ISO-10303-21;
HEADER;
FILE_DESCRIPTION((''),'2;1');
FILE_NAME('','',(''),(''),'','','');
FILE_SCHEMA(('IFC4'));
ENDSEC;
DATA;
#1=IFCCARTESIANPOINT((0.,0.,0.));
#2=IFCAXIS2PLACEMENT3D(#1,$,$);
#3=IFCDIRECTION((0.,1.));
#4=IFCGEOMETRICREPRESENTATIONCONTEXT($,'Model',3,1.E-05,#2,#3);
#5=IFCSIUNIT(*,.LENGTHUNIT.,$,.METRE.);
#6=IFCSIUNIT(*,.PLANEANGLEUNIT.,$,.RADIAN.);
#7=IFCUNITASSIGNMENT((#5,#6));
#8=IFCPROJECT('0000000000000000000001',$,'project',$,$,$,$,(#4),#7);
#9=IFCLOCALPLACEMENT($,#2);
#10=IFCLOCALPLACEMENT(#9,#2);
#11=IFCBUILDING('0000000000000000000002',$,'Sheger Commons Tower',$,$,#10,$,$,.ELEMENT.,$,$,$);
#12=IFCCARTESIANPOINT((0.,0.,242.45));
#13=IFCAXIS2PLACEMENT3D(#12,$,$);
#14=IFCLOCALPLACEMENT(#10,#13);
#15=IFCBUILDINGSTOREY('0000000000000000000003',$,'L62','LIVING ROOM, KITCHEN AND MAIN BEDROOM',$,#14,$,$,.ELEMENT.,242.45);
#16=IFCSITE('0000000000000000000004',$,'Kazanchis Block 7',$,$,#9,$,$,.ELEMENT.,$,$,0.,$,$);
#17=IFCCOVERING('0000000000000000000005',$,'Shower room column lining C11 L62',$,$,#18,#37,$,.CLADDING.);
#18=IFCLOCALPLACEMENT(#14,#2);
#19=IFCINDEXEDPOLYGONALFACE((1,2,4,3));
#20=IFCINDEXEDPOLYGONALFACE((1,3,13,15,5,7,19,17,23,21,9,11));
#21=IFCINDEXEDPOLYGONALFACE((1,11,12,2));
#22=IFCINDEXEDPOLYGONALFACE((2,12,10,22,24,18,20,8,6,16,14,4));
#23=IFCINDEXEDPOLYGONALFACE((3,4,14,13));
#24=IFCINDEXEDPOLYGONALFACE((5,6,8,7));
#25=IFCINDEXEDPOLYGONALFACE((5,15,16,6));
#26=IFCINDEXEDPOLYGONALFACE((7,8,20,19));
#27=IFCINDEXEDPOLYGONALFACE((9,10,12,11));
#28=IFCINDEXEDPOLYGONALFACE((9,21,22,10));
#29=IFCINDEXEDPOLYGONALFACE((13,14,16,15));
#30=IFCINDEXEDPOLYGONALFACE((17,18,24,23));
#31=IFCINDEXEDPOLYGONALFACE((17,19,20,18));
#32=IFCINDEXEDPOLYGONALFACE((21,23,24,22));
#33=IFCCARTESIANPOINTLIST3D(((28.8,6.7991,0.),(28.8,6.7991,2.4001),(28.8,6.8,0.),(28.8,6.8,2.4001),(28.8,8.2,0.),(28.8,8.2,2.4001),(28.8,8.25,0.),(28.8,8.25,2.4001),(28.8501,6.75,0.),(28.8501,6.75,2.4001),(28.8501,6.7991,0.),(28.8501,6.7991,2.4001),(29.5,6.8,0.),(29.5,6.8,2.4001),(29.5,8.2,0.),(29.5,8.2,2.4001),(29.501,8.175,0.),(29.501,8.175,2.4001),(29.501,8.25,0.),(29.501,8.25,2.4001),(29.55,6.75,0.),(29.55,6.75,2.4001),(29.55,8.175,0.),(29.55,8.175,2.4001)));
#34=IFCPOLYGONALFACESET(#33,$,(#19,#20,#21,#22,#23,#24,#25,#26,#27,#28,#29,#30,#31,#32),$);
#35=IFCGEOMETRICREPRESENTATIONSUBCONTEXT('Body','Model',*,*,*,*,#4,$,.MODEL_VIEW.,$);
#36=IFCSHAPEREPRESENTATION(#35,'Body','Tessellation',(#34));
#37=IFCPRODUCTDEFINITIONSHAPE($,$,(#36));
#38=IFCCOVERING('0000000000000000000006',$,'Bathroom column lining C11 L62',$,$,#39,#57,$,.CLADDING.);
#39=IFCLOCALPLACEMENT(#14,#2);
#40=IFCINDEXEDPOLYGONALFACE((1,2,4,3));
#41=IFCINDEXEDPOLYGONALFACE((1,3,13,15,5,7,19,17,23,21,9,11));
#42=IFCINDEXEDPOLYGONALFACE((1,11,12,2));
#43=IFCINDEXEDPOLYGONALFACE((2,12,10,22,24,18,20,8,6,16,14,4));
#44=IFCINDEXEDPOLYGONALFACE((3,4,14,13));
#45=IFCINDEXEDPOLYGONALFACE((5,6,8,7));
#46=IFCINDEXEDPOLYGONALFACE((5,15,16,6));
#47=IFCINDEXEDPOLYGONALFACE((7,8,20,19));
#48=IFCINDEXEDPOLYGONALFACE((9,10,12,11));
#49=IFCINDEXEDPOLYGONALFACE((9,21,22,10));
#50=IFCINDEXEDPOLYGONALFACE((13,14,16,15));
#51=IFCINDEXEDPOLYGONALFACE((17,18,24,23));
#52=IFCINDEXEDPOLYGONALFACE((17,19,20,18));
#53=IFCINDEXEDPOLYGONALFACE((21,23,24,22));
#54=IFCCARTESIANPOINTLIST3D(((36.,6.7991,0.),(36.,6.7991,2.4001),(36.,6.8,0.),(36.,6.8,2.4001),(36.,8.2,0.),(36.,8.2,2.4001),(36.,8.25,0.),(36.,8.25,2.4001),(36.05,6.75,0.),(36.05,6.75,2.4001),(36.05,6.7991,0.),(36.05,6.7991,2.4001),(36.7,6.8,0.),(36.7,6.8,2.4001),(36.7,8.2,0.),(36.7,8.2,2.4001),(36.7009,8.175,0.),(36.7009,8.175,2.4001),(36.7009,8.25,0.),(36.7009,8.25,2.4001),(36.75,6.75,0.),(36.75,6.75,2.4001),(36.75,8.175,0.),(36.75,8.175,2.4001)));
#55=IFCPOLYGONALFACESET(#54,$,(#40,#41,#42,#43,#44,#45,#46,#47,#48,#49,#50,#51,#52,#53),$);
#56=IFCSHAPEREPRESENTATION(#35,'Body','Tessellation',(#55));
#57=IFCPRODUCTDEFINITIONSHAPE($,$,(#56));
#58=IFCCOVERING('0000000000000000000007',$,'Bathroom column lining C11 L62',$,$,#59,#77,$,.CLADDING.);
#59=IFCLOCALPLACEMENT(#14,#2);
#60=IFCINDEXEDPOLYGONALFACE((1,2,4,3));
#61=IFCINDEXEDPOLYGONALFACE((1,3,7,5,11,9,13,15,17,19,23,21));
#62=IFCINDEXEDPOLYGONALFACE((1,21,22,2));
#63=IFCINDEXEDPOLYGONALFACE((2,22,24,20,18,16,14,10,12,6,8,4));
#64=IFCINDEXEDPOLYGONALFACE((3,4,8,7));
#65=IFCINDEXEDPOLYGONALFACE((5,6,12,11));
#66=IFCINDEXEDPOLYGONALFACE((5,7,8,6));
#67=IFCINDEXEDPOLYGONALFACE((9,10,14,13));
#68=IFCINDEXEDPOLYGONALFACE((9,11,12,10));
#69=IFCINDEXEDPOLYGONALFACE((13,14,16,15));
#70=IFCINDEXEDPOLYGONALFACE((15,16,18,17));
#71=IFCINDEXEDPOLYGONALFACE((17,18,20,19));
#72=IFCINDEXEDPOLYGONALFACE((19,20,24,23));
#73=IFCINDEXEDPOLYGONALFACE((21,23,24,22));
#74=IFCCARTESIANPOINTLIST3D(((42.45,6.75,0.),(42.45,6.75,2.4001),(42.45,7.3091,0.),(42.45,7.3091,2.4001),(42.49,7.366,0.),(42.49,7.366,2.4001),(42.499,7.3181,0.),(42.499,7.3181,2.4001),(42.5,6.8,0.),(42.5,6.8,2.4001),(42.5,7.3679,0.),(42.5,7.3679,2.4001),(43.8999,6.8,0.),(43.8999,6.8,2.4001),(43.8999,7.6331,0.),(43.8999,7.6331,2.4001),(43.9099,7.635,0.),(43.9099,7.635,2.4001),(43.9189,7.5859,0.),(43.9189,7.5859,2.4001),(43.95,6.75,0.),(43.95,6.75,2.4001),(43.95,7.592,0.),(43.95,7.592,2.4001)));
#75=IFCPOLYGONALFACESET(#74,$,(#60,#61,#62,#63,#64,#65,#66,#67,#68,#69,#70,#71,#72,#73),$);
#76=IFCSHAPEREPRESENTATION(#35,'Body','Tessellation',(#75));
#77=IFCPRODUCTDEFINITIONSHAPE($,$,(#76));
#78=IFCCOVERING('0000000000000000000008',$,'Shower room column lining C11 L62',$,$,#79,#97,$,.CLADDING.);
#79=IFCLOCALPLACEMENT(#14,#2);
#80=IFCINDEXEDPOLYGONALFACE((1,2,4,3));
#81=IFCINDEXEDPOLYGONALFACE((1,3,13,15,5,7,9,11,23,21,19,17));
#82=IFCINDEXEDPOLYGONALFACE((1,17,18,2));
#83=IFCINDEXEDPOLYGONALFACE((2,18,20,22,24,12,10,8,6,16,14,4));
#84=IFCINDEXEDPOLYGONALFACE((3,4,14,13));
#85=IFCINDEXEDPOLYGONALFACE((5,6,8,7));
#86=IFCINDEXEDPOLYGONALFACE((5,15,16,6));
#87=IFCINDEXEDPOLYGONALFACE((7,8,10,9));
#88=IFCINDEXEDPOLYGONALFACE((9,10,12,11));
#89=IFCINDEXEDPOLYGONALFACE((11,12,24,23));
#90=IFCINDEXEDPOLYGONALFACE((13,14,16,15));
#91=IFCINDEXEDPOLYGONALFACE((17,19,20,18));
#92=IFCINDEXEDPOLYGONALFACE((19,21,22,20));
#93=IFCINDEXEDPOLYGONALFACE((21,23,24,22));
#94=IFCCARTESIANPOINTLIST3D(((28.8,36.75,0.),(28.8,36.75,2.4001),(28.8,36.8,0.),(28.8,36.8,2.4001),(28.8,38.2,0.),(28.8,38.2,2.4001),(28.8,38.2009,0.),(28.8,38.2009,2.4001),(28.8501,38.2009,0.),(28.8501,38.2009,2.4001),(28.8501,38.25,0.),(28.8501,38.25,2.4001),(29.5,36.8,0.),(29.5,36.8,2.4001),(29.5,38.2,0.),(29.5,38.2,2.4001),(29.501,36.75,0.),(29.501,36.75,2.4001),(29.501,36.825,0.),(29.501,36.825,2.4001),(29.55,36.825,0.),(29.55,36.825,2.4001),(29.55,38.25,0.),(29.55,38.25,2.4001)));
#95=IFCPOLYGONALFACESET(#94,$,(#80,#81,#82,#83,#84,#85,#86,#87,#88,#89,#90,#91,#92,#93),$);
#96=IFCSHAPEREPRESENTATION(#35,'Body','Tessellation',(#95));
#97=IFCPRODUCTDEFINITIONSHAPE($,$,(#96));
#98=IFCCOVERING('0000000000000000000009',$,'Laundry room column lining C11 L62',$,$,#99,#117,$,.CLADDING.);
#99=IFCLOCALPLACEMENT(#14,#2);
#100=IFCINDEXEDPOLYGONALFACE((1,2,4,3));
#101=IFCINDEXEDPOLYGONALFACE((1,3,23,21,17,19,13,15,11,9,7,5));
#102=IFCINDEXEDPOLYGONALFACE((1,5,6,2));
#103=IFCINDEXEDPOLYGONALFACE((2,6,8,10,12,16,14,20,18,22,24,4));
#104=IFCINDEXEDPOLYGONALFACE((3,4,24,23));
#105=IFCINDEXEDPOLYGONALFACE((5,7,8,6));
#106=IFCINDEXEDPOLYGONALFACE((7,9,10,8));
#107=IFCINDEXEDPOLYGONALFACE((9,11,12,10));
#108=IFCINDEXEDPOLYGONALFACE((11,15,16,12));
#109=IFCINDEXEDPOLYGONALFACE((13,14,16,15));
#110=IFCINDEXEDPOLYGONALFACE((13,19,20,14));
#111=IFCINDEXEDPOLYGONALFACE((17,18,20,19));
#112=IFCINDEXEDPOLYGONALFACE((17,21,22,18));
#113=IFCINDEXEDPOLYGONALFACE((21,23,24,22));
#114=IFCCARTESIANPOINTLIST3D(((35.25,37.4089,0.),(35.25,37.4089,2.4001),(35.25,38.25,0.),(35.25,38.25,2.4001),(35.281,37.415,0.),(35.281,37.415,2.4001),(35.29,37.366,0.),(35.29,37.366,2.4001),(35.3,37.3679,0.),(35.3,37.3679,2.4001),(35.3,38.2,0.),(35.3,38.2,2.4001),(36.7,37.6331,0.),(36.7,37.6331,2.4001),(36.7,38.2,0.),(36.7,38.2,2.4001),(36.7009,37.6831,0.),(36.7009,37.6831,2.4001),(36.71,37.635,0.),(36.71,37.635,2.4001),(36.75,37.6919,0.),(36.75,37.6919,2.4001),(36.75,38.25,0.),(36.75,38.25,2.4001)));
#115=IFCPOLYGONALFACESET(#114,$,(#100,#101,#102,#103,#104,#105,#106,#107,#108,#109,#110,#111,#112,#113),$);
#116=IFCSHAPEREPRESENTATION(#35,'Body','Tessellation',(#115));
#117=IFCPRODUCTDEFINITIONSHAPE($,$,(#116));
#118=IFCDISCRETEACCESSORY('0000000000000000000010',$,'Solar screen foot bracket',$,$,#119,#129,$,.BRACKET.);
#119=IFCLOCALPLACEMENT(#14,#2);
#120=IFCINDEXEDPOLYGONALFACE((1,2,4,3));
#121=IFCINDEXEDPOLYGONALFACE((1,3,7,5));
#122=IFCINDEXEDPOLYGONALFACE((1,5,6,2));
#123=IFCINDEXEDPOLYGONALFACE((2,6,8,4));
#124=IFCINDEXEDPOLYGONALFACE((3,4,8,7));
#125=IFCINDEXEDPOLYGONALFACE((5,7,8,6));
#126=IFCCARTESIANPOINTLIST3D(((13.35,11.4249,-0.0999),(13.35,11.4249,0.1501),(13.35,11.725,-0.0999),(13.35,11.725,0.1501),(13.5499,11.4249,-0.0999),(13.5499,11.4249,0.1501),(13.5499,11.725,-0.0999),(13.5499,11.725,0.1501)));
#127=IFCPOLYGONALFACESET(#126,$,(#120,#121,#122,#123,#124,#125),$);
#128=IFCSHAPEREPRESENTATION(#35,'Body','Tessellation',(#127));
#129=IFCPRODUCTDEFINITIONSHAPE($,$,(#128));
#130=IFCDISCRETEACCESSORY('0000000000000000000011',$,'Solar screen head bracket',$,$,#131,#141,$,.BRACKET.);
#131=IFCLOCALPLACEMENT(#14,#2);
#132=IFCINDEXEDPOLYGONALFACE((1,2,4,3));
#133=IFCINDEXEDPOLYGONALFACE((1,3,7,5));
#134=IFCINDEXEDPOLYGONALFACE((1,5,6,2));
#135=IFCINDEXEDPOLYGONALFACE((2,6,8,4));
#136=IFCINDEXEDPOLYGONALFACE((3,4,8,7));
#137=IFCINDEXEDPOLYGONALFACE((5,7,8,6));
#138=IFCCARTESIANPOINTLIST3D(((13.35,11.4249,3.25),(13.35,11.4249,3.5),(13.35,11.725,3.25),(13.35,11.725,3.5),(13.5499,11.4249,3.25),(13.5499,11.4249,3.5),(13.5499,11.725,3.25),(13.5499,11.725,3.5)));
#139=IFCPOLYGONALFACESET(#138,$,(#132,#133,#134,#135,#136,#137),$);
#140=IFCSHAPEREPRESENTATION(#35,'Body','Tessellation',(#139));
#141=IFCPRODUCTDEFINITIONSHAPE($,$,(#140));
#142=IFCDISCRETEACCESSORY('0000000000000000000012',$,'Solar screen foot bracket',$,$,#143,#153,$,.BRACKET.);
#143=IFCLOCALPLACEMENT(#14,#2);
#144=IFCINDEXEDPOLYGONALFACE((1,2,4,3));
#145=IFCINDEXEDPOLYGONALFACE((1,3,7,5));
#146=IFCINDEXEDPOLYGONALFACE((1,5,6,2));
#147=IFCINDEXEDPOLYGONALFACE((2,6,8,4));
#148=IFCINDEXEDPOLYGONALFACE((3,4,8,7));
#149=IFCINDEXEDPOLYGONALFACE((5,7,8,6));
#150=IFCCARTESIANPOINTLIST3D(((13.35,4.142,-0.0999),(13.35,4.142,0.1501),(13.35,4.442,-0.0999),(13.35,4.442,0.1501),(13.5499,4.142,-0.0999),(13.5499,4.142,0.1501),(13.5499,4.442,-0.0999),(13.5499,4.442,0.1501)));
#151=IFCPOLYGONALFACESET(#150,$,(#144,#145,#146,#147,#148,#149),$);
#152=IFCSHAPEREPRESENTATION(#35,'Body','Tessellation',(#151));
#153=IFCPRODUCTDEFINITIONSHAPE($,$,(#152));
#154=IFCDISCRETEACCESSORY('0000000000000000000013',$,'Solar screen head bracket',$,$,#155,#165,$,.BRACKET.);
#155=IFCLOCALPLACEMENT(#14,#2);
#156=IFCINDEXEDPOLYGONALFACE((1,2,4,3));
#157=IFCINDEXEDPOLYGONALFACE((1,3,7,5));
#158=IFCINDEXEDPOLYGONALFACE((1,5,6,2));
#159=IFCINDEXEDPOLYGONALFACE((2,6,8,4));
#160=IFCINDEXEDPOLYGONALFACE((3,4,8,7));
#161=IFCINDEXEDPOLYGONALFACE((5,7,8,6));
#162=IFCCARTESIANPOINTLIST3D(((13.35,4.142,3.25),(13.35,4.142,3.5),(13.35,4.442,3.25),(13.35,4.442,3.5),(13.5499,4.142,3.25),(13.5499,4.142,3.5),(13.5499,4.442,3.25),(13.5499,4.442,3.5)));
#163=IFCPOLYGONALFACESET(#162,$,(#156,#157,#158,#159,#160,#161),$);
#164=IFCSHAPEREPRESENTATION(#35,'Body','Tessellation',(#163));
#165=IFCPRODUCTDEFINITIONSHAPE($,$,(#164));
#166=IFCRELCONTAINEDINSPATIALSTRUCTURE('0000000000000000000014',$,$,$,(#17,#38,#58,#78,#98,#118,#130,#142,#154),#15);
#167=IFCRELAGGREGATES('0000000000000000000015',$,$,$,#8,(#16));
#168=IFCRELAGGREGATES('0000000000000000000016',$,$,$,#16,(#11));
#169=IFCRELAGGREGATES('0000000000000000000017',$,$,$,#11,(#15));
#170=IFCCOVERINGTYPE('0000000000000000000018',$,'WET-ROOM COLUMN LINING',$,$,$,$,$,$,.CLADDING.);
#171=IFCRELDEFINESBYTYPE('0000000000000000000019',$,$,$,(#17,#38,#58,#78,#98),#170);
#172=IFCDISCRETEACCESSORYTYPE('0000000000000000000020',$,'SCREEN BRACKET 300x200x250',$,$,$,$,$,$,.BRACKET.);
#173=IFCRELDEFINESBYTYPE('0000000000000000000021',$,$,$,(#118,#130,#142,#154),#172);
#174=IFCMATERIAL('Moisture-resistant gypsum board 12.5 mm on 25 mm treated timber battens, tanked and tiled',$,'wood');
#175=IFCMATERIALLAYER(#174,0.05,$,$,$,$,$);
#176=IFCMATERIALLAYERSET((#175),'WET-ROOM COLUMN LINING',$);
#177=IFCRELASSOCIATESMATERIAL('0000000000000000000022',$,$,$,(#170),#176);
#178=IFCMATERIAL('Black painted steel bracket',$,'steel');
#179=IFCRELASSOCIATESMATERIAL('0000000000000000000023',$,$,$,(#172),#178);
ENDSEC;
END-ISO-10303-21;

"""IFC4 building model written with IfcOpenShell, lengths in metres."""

from ifc_helpers import new_model, si_unit, direction, frame, origin, origin_2d, place, context, subcontext, project, spatial, polyline, rectangle, outline, extrude, material, layer, layer_set, type_object, element, save


model = new_model("IFC4")

# Units and contexts
model_context = context("Model", 3, precision=1e-05, world=origin(), true_north=direction((0.0, 1.0)))
body_context = subcontext(model_context, "Body", "Model", "MODEL_VIEW")
ifc_project = project(units=[si_unit("LENGTHUNIT", "METRE"), si_unit("PLANEANGLEUNIT", "RADIAN")], contexts=[model_context])

# Site, building, storey
site_placement = place(None, origin())
site = spatial("IfcSite", under=ifc_project, at=site_placement, Name="Kazanchis Block 7", CompositionType="ELEMENT", RefElevation=0.0)
building_placement = place(site_placement, origin())
building = spatial("IfcBuilding", under=site, at=building_placement, Name="Sheger Commons Tower", CompositionType="ELEMENT")
storey_placement = place(building_placement, frame((0.0, 0.0, 242.45)))
storey = spatial("IfcBuildingStorey", under=building, at=storey_placement, Name="L62", Description="LIVING ROOM, KITCHEN AND MAIN BEDROOM", CompositionType="ELEMENT", Elevation=242.45)

# Coverings
ifc_material_1 = material(Name="Moisture-resistant gypsum board 12.5 mm on 25 mm treated timber battens, tanked and tiled", Category="wood")
ifc_layer_1 = layer(ifc_material_1, 0.05)
ifc_layer_set_1 = layer_set([ifc_layer_1], Name="WET-ROOM COLUMN LINING")
covering_type_1 = type_object("IfcCoveringType", Name="WET-ROOM COLUMN LINING", PredefinedType="CLADDING", material=ifc_layer_set_1)
covering_1_placement = place(storey_placement, origin())
element("IfcCovering", 1, at=covering_1_placement, inside=storey, type_object=covering_type_1, Name="Shower room column lining C11 L62", PredefinedType="CLADDING", context=body_context, shape_type="SweptSolid", body=[
    extrude(outline(polyline([(29.55, 6.75), (28.8501, 6.75), (28.8501, 6.7991), (28.8, 6.7991), (28.8, 6.8), (29.5, 6.8), (29.5, 8.2), (28.8, 8.2), (28.8, 8.25), (29.501, 8.25), (29.501, 8.175), (29.55, 8.175), (29.55, 6.75)])), origin(), (0.0, 0.0, 1.0), 2.4001),
])
covering_2_placement = place(storey_placement, origin())
element("IfcCovering", 2, at=covering_2_placement, inside=storey, type_object=covering_type_1, Name="Bathroom column lining C11 L62", PredefinedType="CLADDING", context=body_context, shape_type="SweptSolid", body=[
    extrude(outline(polyline([(36.75, 6.75), (36.05, 6.75), (36.05, 6.7991), (36.0, 6.7991), (36.0, 6.8), (36.7, 6.8), (36.7, 8.2), (36.0, 8.2), (36.0, 8.25), (36.7009, 8.25), (36.7009, 8.175), (36.75, 8.175), (36.75, 6.75)])), origin(), (0.0, 0.0, 1.0), 2.4001),
])
covering_3_placement = place(storey_placement, origin())
element("IfcCovering", 3, at=covering_3_placement, inside=storey, type_object=covering_type_1, Name="Bathroom column lining C11 L62", PredefinedType="CLADDING", context=body_context, shape_type="SweptSolid", body=[
    extrude(outline(polyline([(42.5, 7.3679), (42.5, 6.8), (43.8999, 6.8), (43.8999, 7.6331), (43.9099, 7.635), (43.9189, 7.5859), (43.95, 7.592), (43.95, 6.75), (42.45, 6.75), (42.45, 7.3091), (42.499, 7.3181), (42.49, 7.366), (42.5, 7.3679)])), origin(), (0.0, 0.0, 1.0), 2.4001),
])
covering_4_placement = place(storey_placement, origin())
element("IfcCovering", 4, at=covering_4_placement, inside=storey, type_object=covering_type_1, Name="Shower room column lining C11 L62", PredefinedType="CLADDING", context=body_context, shape_type="SweptSolid", body=[
    extrude(outline(polyline([(29.55, 36.825), (29.501, 36.825), (29.501, 36.75), (28.8, 36.75), (28.8, 36.8), (29.5, 36.8), (29.5, 38.2), (28.8, 38.2), (28.8, 38.2009), (28.8501, 38.2009), (28.8501, 38.25), (29.55, 38.25), (29.55, 36.825)])), origin(), (0.0, 0.0, 1.0), 2.4001),
])
covering_5_placement = place(storey_placement, origin())
element("IfcCovering", 5, at=covering_5_placement, inside=storey, type_object=covering_type_1, Name="Laundry room column lining C11 L62", PredefinedType="CLADDING", context=body_context, shape_type="SweptSolid", body=[
    extrude(outline(polyline([(36.75, 38.25), (36.75, 37.6919), (36.7009, 37.6831), (36.71, 37.635), (36.7, 37.6331), (36.7, 38.2), (35.3, 38.2), (35.3, 37.3679), (35.29, 37.366), (35.281, 37.415), (35.25, 37.4089), (35.25, 38.25), (36.75, 38.25)])), origin(), (0.0, 0.0, 1.0), 2.4001),
])

# Discrete accessories
ifc_material_2 = material(Name="Black painted steel bracket", Category="steel")
discrete_accessory_type = type_object("IfcDiscreteAccessoryType", Name="SCREEN BRACKET 300x200x250", PredefinedType="BRACKET", material=ifc_material_2)
for number, where, z_axis, x_axis, name in (
    (6, (13.45, 11.575, -0.0999), (0.0, 0.0, 1.0), (0.0, -1.0, 0.0), "Solar screen foot bracket"),
    (7, (13.45, 11.575, 3.25), (0.0, 0.0, 1.0), (0.0, -1.0, 0.0), "Solar screen head bracket"),
    (8, (13.45, 4.292, -0.0999), (0.0, 0.0, 1.0), (0.0, -1.0, 0.0), "Solar screen foot bracket"),
    (9, (13.45, 4.292, 3.25), (0.0, 0.0, 1.0), (0.0, -1.0, 0.0), "Solar screen head bracket"),
):
    element("IfcDiscreteAccessory", number, at=place(storey_placement, frame(where, z_axis=z_axis, x_axis=x_axis)), inside=storey, type_object=discrete_accessory_type, Name=name, PredefinedType="BRACKET", context=body_context, shape_type="SweptSolid", body=[
        extrude(rectangle(XDim=0.3, YDim=0.2, at=origin_2d()), origin(), (0.0, 0.0, 1.0), 0.25),
    ])

save(model, "model.ifc")
